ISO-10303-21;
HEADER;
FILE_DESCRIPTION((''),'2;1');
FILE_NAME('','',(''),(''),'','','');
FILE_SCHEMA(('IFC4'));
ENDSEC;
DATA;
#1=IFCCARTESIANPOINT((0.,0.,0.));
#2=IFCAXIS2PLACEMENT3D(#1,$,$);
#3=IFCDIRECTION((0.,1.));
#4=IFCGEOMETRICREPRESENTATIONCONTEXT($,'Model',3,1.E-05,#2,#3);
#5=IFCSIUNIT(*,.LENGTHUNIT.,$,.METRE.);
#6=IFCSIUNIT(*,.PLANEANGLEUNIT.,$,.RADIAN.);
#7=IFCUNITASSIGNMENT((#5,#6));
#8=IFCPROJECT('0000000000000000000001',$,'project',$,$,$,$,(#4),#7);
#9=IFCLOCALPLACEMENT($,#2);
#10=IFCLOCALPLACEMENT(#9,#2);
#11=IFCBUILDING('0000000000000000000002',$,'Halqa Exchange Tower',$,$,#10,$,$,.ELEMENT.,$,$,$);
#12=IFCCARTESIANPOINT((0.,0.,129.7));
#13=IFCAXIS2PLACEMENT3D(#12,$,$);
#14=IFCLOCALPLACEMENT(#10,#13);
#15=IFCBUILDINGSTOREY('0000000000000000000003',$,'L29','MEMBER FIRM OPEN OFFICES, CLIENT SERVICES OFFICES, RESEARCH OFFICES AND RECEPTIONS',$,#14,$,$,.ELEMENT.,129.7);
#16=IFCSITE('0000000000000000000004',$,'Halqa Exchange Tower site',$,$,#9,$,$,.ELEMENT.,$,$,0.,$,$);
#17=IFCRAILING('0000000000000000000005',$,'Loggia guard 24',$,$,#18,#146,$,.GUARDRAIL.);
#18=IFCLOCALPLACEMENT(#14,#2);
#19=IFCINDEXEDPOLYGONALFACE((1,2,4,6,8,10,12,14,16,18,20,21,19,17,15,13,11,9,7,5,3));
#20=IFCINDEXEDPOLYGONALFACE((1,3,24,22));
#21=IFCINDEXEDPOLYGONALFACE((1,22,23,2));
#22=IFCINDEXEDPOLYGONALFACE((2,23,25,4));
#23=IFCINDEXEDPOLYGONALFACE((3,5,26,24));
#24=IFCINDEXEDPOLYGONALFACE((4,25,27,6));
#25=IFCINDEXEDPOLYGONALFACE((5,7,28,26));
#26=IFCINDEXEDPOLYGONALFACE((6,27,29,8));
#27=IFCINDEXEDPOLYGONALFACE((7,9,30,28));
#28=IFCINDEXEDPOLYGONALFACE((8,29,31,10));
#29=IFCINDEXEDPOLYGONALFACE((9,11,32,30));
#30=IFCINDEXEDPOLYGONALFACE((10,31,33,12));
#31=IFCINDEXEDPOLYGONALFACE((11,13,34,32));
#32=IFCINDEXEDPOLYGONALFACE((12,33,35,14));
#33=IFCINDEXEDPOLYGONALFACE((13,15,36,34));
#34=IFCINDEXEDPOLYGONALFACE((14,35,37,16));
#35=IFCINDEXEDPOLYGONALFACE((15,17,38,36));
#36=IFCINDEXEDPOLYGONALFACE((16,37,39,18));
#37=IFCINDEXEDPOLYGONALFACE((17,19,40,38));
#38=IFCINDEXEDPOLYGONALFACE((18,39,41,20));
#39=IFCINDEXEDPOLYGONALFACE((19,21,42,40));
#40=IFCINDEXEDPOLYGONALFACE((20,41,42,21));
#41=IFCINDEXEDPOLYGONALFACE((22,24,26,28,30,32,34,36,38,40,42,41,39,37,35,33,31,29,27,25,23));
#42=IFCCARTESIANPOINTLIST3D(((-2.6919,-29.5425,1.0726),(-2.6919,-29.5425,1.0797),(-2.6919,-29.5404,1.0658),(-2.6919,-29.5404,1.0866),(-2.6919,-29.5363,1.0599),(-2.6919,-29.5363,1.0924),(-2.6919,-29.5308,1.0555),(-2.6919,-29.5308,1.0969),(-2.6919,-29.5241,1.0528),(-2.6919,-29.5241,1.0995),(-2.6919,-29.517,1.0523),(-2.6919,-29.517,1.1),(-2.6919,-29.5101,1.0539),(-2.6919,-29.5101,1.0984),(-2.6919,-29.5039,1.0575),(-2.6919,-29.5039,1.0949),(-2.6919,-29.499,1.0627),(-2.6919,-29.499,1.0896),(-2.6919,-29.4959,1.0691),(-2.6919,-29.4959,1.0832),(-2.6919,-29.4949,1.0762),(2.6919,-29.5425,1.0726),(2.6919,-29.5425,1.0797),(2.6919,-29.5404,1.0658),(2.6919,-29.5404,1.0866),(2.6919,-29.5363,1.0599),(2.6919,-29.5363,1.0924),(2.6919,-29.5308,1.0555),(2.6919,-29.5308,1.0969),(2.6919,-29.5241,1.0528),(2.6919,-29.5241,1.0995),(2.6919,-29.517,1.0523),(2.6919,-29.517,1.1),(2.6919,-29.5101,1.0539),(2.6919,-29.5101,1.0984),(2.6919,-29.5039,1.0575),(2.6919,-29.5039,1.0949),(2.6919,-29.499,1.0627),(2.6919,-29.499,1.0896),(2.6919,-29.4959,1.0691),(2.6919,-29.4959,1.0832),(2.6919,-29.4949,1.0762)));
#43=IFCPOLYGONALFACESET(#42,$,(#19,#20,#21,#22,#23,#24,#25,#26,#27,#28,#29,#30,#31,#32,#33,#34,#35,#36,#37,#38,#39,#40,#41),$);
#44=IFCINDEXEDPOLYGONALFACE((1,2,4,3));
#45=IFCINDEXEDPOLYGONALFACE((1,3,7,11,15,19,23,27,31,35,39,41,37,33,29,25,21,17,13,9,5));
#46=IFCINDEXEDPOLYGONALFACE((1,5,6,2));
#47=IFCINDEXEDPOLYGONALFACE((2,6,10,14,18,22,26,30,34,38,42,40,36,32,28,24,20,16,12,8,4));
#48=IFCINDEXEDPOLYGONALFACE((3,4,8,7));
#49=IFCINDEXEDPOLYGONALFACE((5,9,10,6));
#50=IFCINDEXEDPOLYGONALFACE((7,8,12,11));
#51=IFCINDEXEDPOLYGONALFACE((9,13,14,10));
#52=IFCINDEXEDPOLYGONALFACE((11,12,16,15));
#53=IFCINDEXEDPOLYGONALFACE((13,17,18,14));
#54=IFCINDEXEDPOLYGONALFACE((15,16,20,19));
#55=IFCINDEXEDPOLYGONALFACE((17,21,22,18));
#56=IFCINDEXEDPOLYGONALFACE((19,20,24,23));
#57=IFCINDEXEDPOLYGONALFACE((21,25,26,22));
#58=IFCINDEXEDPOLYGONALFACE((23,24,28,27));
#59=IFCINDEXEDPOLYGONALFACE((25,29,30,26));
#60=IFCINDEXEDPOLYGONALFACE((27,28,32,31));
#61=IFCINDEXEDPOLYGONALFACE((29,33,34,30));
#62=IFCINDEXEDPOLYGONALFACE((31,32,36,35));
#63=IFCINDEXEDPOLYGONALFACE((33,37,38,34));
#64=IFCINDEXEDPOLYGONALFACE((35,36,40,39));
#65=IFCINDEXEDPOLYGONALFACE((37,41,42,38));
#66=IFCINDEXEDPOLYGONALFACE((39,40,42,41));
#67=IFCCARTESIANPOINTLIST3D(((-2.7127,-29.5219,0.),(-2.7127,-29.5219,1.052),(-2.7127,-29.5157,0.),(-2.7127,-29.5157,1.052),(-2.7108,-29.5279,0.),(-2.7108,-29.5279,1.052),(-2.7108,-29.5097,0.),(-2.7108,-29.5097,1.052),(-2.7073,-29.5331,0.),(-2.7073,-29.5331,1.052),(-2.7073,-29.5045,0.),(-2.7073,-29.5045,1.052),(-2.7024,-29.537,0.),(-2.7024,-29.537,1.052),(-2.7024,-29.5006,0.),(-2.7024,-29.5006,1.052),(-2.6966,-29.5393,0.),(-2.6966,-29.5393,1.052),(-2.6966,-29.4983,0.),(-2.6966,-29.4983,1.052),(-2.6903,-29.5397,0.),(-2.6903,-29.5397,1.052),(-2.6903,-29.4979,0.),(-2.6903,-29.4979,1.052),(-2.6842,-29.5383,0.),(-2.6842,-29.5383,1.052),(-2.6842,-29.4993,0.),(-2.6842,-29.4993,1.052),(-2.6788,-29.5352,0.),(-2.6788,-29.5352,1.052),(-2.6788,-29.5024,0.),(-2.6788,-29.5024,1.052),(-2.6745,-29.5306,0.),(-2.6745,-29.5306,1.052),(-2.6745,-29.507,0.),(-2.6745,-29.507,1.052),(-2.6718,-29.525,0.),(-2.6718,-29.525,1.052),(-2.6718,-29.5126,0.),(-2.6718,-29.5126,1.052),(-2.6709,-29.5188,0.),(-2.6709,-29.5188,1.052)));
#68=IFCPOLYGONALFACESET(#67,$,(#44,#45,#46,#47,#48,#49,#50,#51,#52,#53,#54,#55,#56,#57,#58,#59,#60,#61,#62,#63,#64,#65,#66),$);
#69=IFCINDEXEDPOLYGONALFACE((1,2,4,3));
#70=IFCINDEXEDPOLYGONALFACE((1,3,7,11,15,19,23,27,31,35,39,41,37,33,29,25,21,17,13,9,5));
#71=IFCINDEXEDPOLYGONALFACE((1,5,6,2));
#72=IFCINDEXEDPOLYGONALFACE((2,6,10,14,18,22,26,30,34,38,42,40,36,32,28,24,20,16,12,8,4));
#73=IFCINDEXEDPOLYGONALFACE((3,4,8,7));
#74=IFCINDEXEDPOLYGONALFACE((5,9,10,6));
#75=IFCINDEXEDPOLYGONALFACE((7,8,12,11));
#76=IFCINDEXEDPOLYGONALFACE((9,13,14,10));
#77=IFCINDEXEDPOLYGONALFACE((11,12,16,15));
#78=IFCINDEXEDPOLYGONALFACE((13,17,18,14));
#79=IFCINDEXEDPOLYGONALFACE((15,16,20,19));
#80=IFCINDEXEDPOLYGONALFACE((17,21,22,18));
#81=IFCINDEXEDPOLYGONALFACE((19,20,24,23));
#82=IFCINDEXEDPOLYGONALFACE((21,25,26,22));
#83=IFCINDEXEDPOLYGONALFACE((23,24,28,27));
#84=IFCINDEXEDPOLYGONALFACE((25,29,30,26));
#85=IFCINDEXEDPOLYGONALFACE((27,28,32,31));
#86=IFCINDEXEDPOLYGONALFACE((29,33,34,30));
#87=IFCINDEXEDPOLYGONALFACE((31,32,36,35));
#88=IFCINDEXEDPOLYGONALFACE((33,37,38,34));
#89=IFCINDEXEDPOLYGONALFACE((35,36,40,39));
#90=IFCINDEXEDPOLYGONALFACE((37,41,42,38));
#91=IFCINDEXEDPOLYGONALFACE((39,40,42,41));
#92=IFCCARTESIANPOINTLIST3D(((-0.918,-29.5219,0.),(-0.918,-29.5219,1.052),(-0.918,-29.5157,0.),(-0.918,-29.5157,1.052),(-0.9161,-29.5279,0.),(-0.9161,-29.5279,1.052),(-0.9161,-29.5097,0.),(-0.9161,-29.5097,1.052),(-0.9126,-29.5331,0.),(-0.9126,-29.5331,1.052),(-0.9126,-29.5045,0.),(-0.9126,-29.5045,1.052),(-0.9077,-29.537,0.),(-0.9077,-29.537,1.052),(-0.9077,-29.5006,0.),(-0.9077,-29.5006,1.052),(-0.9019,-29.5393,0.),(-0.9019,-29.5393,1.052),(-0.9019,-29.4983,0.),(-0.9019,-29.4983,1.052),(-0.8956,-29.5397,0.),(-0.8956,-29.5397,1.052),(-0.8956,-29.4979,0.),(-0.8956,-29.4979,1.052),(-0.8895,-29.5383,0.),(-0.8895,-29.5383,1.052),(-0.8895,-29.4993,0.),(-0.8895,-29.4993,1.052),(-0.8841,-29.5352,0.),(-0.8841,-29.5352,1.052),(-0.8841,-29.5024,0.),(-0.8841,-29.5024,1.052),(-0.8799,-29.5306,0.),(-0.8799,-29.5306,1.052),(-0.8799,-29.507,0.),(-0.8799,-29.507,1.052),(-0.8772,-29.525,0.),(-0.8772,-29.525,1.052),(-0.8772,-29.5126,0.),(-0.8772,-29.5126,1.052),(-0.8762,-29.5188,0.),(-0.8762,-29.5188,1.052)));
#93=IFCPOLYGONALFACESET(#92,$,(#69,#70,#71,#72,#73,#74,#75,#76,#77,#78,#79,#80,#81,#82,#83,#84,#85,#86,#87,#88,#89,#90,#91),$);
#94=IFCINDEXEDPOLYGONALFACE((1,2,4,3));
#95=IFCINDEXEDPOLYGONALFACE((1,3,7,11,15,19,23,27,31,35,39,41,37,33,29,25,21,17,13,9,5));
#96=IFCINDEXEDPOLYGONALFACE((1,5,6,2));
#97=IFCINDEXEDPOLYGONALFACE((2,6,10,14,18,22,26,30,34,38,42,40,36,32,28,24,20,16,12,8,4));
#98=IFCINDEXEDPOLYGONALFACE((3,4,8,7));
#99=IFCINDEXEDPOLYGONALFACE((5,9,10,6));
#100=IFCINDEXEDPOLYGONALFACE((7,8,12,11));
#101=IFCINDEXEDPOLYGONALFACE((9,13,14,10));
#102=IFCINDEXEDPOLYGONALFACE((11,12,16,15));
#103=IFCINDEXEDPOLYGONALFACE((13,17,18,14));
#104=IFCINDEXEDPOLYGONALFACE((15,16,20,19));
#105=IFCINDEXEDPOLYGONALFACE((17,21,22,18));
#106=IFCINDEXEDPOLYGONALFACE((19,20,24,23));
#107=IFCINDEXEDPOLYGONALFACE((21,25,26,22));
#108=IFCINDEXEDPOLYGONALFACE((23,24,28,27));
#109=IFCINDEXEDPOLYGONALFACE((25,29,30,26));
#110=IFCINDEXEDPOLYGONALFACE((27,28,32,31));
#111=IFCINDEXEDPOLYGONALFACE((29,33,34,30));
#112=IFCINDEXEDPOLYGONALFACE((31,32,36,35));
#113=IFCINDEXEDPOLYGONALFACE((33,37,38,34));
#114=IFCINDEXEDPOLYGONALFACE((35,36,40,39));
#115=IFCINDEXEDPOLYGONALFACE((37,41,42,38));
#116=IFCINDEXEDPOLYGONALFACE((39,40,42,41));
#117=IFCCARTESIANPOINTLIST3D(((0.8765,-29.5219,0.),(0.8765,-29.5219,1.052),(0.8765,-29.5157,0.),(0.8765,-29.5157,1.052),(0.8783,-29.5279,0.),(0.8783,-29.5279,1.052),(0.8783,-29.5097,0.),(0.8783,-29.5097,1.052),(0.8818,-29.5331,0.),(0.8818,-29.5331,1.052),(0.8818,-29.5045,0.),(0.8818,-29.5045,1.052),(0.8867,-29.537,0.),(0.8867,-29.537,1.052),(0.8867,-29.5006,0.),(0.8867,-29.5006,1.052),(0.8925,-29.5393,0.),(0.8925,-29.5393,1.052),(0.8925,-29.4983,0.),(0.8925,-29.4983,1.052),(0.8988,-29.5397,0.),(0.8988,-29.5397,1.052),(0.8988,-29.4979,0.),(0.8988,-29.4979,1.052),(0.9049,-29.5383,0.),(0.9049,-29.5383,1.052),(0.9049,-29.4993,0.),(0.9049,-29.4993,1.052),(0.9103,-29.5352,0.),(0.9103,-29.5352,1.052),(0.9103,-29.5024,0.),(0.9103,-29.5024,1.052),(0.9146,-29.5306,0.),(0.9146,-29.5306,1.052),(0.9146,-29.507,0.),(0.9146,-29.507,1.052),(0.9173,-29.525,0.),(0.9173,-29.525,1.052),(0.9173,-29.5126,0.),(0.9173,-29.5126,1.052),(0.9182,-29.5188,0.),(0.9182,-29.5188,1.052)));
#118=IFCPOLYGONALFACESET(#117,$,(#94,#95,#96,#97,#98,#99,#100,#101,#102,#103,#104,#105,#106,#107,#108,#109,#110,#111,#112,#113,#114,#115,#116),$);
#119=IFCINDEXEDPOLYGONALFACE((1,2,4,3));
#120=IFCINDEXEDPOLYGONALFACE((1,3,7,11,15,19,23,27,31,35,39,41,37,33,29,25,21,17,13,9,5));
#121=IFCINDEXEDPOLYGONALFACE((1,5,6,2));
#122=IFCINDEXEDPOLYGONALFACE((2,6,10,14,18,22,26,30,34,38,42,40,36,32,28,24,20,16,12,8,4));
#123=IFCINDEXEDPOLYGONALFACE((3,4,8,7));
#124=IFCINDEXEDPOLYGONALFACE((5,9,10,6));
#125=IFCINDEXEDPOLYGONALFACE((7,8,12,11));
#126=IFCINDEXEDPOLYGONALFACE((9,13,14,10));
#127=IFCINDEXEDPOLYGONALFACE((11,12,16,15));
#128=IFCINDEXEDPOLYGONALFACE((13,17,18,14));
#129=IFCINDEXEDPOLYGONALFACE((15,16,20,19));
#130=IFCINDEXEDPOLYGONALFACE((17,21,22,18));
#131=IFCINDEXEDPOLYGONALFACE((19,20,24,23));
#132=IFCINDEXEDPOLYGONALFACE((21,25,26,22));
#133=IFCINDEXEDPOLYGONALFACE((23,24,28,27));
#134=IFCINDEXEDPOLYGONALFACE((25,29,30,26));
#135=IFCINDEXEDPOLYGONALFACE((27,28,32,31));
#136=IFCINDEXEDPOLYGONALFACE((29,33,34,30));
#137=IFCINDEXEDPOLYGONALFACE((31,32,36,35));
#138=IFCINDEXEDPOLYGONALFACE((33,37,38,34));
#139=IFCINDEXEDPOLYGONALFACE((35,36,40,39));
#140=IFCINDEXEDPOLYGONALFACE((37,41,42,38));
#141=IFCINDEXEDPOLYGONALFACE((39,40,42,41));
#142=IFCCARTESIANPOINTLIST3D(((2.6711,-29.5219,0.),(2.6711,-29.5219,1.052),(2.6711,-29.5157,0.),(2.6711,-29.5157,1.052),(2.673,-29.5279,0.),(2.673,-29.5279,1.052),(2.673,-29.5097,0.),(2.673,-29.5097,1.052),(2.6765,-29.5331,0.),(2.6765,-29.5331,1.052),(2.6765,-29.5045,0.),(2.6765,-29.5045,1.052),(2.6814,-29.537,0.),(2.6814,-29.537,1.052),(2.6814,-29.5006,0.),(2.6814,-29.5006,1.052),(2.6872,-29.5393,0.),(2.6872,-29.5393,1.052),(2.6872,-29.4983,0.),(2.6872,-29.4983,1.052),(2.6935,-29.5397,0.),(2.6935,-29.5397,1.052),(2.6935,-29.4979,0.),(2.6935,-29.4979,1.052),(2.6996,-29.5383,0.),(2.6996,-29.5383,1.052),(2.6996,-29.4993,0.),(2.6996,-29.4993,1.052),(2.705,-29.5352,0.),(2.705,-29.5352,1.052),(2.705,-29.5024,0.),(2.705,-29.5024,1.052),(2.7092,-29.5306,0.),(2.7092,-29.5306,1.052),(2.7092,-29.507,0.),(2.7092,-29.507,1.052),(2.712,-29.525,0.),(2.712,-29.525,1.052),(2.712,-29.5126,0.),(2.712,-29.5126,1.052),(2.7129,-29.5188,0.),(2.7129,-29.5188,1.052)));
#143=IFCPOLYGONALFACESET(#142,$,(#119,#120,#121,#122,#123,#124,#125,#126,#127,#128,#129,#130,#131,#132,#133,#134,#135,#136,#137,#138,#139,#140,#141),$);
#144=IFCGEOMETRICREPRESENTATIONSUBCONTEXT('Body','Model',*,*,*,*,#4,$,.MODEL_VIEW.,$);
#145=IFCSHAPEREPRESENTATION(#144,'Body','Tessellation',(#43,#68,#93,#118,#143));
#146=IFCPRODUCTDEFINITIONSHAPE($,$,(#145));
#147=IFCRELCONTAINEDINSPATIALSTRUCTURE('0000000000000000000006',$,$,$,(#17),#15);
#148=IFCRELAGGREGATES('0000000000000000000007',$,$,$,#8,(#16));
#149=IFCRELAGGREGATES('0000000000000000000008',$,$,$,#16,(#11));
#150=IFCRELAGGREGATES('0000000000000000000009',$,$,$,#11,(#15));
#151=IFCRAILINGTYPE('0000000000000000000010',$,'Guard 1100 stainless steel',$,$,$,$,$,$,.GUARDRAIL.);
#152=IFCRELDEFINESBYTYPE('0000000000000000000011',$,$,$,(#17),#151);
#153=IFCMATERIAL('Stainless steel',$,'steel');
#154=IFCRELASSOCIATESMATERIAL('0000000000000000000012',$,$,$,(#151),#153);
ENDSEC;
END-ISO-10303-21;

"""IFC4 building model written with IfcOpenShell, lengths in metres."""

from ifc_helpers import new_model, si_unit, direction, frame, origin, origin_2d, place, context, subcontext, project, spatial, circle, extrude, material, type_object, element, save


model = new_model("IFC4")

# Units and contexts
model_context = context("Model", 3, precision=1e-05, world=origin(), true_north=direction((0.0, 1.0)))
body_context = subcontext(model_context, "Body", "Model", "MODEL_VIEW")
ifc_project = project(units=[si_unit("LENGTHUNIT", "METRE"), si_unit("PLANEANGLEUNIT", "RADIAN")], contexts=[model_context])

# Site, building, storey
site_placement = place(None, origin())
site = spatial("IfcSite", under=ifc_project, at=site_placement, Name="Halqa Exchange Tower site", CompositionType="ELEMENT", RefElevation=0.0)
building_placement = place(site_placement, origin())
building = spatial("IfcBuilding", under=site, at=building_placement, Name="Halqa Exchange Tower", CompositionType="ELEMENT")
storey_placement = place(building_placement, frame((0.0, 0.0, 129.7)))
storey = spatial("IfcBuildingStorey", under=building, at=storey_placement, Name="L29", Description="MEMBER FIRM OPEN OFFICES, CLIENT SERVICES OFFICES, RESEARCH OFFICES AND RECEPTIONS", CompositionType="ELEMENT", Elevation=129.7)

# Railing
ifc_material_1 = material(Name="Stainless steel", Category="steel")
railing_type = type_object("IfcRailingType", Name="Guard 1100 stainless steel", PredefinedType="GUARDRAIL", material=ifc_material_1)
railing_1_placement = place(storey_placement, frame((-2.6919, -29.5188, 0.0)))
element("IfcRailing", 1, at=railing_1_placement, inside=storey, type_object=railing_type, Name="Loggia guard 24", PredefinedType="GUARDRAIL", context=body_context, shape_type="SweptSolid", body=[
    extrude(circle(Radius=0.0239, at=origin_2d()), frame((0.0, 0.0, 1.0762), z_axis=(1.0, 0.0, 0.0), x_axis=(0.0, 1.0, 0.0)), (0.0, 0.0, 1.0), 5.3838),
    extrude(circle(Radius=0.021, at=origin_2d()), origin(), (0.0, 0.0, 1.0), 1.052),
    extrude(circle(Radius=0.021, at=origin_2d()), frame((1.7947, 0.0, 0.0)), (0.0, 0.0, 1.0), 1.052),
    extrude(circle(Radius=0.021, at=origin_2d()), frame((3.5891, 0.0, 0.0)), (0.0, 0.0, 1.0), 1.052),
    extrude(circle(Radius=0.021, at=origin_2d()), frame((5.3838, 0.0, 0.0)), (0.0, 0.0, 1.0), 1.052),
])

save(model, "model.ifc")
